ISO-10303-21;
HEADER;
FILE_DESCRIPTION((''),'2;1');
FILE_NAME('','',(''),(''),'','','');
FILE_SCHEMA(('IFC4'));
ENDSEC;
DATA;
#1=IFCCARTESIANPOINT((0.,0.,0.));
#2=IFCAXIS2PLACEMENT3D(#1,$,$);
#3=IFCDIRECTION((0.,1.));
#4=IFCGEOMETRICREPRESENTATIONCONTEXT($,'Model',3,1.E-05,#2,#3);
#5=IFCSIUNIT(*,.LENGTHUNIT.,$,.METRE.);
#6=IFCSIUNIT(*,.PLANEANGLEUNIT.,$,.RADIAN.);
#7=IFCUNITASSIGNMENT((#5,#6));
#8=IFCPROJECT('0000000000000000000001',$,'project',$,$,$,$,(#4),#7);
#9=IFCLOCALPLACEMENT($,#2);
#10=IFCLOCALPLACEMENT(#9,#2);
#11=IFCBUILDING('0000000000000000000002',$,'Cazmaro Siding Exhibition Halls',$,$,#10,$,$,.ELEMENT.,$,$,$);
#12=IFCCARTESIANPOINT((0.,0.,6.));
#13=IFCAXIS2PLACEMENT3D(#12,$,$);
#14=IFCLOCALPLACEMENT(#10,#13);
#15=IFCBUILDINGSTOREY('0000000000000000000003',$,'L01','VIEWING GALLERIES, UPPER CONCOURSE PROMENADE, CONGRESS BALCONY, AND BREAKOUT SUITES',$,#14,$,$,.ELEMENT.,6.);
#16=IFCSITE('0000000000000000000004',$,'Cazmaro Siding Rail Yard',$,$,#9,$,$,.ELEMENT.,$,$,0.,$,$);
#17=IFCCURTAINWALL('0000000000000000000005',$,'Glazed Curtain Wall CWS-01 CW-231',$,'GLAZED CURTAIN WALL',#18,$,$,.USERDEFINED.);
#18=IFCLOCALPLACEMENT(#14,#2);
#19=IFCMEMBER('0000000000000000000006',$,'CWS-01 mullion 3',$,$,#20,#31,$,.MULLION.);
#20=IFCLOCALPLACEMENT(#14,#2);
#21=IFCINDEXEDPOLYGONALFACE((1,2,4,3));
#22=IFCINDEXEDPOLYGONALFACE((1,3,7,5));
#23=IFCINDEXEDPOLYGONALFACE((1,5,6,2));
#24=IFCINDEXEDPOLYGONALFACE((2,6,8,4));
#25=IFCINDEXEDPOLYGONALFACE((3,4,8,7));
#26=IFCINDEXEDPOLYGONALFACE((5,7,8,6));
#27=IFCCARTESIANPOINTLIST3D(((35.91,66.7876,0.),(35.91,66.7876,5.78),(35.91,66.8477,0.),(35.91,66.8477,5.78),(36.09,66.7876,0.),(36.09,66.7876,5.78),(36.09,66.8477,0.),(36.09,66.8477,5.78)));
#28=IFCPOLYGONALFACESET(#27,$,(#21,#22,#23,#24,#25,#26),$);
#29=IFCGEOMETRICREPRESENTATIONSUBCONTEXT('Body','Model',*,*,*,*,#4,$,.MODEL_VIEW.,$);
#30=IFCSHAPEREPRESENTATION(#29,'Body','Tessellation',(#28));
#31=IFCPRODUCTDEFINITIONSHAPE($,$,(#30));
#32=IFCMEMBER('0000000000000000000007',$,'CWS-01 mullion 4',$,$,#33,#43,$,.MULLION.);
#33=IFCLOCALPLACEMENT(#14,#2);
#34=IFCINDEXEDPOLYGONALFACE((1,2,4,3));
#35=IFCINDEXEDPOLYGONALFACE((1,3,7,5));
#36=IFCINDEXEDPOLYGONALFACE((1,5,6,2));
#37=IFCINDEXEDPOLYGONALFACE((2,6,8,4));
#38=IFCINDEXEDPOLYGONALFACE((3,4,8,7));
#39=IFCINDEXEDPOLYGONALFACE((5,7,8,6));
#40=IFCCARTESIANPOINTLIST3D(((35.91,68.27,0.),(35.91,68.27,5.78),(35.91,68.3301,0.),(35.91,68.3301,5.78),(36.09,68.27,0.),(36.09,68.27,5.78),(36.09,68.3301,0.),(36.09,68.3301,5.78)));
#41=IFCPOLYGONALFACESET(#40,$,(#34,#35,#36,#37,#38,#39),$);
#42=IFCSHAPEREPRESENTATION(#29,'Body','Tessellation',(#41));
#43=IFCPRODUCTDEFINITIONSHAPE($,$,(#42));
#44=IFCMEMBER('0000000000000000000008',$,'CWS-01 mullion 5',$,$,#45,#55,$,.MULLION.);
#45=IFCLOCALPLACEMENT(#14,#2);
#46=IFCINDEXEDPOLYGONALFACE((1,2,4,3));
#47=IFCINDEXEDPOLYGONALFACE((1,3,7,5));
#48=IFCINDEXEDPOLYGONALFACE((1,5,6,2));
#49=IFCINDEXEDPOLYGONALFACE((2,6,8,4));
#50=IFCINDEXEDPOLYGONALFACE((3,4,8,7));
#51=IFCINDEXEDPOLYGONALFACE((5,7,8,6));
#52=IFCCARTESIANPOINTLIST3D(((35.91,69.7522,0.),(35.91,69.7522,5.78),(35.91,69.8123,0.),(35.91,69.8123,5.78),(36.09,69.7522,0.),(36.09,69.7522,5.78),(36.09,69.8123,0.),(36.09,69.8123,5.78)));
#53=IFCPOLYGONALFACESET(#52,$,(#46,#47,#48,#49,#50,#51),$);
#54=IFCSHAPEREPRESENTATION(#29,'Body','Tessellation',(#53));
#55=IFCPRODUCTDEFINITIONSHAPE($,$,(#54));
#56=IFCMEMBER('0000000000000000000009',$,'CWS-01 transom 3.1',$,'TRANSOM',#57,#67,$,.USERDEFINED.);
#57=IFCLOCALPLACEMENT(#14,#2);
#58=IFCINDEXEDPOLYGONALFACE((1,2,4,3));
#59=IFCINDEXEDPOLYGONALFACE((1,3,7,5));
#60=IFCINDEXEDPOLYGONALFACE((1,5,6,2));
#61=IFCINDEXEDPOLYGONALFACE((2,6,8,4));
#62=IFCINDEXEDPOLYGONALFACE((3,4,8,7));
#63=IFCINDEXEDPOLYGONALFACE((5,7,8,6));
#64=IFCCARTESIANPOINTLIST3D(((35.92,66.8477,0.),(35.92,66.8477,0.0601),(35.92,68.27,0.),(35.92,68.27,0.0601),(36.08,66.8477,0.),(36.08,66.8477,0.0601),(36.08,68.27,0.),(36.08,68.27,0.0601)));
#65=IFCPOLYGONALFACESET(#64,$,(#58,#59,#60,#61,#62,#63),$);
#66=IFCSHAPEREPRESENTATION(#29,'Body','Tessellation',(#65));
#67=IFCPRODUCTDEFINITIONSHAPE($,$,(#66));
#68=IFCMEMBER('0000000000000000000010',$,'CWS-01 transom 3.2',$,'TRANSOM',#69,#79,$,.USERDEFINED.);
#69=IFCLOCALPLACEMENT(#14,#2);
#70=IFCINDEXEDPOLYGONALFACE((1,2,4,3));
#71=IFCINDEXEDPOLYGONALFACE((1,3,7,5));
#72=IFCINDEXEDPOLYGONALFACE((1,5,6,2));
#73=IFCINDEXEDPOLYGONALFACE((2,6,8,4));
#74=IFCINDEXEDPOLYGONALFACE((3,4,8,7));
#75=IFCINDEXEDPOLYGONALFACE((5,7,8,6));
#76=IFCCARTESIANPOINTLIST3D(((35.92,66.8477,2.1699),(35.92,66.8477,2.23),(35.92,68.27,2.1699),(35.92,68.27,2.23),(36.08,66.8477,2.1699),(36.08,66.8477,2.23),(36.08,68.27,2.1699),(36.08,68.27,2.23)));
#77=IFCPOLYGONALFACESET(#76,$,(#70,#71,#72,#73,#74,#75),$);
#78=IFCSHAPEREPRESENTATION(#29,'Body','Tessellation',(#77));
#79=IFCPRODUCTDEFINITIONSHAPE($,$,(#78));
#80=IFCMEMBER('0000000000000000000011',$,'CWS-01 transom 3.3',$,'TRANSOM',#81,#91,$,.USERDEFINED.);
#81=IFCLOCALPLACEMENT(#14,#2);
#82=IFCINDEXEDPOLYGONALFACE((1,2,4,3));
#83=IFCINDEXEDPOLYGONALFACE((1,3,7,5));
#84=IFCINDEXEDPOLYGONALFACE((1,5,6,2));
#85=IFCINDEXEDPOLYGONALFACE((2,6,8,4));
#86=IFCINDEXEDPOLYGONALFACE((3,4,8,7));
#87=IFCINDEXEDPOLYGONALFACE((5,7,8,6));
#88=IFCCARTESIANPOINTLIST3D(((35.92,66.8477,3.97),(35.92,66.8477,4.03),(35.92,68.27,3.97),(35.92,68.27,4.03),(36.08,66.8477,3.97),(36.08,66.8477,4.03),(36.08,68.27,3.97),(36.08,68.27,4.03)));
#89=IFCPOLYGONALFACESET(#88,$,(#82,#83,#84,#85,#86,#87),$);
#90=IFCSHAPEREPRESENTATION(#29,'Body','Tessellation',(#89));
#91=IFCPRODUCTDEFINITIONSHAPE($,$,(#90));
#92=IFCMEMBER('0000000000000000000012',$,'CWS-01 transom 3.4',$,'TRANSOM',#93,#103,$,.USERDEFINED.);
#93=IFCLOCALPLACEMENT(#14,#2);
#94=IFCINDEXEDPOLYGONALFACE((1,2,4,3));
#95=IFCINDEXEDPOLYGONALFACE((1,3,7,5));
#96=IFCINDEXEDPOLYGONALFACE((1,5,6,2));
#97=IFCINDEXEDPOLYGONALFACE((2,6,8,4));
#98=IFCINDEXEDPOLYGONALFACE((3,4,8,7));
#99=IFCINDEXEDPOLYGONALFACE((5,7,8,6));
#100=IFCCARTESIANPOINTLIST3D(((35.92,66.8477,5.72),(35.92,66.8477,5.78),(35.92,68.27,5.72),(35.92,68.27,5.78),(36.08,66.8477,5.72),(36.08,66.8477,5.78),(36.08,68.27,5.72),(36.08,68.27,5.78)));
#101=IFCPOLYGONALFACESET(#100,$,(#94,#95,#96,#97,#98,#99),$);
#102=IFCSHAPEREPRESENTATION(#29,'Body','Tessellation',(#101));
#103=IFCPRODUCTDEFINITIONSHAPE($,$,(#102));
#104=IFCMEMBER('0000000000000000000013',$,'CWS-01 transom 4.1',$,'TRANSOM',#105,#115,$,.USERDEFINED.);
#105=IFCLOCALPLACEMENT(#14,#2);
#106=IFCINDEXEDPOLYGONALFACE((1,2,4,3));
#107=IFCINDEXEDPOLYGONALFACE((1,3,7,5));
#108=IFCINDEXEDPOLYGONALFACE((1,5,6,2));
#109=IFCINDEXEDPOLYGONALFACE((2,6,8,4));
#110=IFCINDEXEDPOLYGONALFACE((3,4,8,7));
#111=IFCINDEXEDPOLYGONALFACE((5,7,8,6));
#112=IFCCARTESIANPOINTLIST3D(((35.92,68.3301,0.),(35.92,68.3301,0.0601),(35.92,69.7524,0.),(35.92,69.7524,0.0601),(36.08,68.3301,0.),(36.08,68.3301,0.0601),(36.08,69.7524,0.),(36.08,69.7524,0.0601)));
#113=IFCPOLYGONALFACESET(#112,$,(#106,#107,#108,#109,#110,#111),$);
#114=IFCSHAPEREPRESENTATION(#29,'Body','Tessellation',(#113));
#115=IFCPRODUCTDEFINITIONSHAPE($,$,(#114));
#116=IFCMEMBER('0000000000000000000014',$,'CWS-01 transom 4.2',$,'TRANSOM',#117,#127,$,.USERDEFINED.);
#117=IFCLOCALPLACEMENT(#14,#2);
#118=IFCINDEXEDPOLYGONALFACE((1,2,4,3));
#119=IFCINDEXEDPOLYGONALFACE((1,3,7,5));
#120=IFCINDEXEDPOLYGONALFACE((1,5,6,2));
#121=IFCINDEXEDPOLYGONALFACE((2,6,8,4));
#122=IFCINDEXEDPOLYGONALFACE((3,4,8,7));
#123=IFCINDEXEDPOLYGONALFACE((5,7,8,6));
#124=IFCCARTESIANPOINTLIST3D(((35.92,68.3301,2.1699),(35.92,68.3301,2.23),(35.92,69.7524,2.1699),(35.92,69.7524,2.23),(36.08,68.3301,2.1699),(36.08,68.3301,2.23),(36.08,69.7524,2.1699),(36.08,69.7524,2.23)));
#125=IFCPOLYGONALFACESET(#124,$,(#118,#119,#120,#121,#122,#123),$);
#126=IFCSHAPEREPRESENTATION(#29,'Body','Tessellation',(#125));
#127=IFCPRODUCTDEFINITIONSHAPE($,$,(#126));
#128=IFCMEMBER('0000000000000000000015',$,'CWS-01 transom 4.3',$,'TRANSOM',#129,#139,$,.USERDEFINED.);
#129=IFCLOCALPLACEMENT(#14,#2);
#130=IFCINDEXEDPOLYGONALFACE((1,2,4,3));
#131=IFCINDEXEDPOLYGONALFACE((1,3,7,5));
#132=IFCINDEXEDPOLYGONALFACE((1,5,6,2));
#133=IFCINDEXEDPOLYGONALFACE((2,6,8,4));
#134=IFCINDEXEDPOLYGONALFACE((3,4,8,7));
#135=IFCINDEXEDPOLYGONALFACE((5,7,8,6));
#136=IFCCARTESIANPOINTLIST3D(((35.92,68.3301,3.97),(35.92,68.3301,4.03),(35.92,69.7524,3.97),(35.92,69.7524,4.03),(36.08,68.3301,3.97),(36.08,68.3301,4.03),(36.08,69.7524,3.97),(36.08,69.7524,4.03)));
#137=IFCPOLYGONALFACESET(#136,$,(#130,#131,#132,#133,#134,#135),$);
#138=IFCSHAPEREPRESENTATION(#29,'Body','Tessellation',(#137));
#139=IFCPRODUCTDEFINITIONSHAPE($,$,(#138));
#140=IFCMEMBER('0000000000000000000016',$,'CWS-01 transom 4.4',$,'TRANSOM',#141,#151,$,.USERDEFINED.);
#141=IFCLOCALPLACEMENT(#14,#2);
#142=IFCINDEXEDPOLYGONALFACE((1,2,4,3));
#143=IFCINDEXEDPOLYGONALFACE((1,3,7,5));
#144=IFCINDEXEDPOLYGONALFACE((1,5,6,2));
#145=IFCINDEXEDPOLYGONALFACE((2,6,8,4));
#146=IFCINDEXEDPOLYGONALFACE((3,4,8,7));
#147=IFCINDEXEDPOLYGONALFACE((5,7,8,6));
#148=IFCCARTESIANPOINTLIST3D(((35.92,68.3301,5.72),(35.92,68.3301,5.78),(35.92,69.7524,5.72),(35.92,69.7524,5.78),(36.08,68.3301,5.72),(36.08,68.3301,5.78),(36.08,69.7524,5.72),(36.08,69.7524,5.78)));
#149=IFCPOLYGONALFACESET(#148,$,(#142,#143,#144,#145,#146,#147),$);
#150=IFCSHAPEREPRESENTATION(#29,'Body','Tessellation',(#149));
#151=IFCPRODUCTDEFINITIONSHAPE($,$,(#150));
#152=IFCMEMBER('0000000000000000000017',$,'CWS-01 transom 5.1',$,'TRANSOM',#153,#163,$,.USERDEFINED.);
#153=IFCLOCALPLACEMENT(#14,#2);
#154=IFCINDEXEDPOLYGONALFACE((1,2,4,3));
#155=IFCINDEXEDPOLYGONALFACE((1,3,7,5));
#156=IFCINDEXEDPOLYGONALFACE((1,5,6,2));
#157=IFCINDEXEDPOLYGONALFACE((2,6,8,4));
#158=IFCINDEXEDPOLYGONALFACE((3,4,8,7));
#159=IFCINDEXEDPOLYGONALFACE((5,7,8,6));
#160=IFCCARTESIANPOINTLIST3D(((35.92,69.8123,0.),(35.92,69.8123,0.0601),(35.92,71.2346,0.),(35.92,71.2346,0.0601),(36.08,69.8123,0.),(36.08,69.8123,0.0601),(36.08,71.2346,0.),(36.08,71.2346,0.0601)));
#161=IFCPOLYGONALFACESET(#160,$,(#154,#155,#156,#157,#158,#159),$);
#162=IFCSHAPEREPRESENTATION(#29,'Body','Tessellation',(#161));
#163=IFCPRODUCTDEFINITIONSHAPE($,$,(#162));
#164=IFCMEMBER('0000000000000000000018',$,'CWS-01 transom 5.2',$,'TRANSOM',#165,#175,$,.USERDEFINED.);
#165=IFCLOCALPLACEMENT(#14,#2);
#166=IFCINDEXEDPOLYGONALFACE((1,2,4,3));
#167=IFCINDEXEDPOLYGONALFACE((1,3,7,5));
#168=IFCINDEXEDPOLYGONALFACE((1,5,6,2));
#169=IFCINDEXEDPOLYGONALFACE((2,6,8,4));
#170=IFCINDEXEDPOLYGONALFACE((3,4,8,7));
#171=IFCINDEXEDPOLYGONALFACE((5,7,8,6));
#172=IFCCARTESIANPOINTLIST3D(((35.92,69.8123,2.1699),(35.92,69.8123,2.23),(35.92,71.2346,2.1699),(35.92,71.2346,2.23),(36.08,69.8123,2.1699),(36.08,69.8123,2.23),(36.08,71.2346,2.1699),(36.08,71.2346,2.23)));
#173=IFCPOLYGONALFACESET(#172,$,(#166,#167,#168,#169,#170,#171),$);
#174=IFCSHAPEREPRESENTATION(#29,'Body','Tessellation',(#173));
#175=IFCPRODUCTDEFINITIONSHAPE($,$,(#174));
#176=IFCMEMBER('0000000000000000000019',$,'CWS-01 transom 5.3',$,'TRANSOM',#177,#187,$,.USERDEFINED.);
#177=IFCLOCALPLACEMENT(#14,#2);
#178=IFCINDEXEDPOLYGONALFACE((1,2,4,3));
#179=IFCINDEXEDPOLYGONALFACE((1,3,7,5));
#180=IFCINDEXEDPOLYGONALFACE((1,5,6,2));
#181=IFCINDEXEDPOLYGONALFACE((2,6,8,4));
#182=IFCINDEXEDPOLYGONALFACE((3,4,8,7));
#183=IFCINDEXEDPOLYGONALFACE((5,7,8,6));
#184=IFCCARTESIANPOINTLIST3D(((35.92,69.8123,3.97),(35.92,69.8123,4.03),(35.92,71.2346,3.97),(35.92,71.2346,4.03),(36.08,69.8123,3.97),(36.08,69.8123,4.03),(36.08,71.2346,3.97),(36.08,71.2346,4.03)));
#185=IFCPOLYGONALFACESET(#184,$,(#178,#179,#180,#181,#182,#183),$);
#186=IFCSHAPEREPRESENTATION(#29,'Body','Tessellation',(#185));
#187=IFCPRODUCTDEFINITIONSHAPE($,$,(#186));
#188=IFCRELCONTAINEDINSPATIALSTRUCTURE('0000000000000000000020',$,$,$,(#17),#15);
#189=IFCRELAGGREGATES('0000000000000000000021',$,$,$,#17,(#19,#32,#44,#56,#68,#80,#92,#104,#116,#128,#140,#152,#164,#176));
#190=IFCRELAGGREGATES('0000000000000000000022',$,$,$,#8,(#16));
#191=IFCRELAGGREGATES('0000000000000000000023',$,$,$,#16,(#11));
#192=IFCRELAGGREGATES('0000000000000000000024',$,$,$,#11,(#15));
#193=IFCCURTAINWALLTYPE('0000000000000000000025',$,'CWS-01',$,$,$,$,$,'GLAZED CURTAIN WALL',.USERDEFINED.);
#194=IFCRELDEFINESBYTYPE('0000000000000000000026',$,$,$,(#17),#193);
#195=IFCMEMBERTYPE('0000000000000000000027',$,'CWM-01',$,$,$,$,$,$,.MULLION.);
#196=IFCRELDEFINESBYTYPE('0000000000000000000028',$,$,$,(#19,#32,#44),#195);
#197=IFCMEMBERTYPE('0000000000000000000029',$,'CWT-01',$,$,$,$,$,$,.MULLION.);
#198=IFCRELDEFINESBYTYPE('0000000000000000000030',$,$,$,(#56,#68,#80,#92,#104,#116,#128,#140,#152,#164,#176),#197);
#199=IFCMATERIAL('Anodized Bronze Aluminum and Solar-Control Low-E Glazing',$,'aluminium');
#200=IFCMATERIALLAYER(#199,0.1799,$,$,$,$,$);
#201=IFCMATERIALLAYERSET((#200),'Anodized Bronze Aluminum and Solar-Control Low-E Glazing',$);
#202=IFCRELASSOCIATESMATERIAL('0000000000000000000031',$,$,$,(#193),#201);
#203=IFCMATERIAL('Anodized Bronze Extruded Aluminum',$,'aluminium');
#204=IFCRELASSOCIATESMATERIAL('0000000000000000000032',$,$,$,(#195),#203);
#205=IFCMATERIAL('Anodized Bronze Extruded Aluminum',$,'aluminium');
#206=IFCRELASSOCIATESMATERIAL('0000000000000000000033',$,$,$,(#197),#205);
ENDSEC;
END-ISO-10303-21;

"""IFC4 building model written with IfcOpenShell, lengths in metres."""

from ifc_helpers import new_model, si_unit, direction, frame, origin, origin_2d, place, context, subcontext, project, spatial, rectangle, extrude, material, layer, layer_set, material_profile, profile_set, type_object, element, aggregate, save


model = new_model("IFC4")

# Units and contexts
model_context = context("Model", 3, precision=1e-05, world=origin(), true_north=direction((0.0, 1.0)))
body_context = subcontext(model_context, "Body", "Model", "MODEL_VIEW")
ifc_project = project(units=[si_unit("LENGTHUNIT", "METRE"), si_unit("PLANEANGLEUNIT", "RADIAN")], contexts=[model_context])

# Site, building, storey
site_placement = place(None, origin())
site = spatial("IfcSite", under=ifc_project, at=site_placement, Name="Cazmaro Siding Rail Yard", CompositionType="ELEMENT", RefElevation=0.0)
building_placement = place(site_placement, origin())
building = spatial("IfcBuilding", under=site, at=building_placement, Name="Cazmaro Siding Exhibition Halls", CompositionType="ELEMENT")
storey_placement = place(building_placement, frame((0.0, 0.0, 6.0)))
storey = spatial("IfcBuildingStorey", under=building, at=storey_placement, Name="L01", Description="VIEWING GALLERIES, UPPER CONCOURSE PROMENADE, CONGRESS BALCONY, AND BREAKOUT SUITES", CompositionType="ELEMENT", Elevation=6.0)

# Curtain wall, members
ifc_material_1 = material(Name="Anodized Bronze Aluminum and Solar-Control Low-E Glazing", Category="aluminium")
ifc_layer_1 = layer(ifc_material_1, 0.1799)
ifc_layer_set_1 = layer_set([ifc_layer_1], Name="Anodized Bronze Aluminum and Solar-Control Low-E Glazing")
curtain_wall_type = type_object("IfcCurtainWallType", Name="CWS-01", ElementType="GLAZED CURTAIN WALL", PredefinedType="USERDEFINED", material=ifc_layer_set_1)
curtain_wall_placement = place(storey_placement, origin())
curtain_wall = element("IfcCurtainWall", 1, at=curtain_wall_placement, inside=storey, type_object=curtain_wall_type, Name="Glazed Curtain Wall CWS-01 CW-231", ObjectType="GLAZED CURTAIN WALL", PredefinedType="USERDEFINED")
ifc_material_2 = material(Name="Anodized Bronze Extruded Aluminum", Category="aluminium")
ifc_material_profile_1 = material_profile(ifc_material_2, rectangle(XDim=0.1799, YDim=0.0601, at=origin_2d()), Name="CWM-01")
ifc_profile_set_1 = profile_set([ifc_material_profile_1], Name="Anodized Bronze Extruded Aluminum")
member_type_1 = type_object("IfcMemberType", Name="CWM-01", PredefinedType="MULLION", material=ifc_profile_set_1)
member_1_placement = place(storey_placement, frame((36.0, 66.8176, 0.0), z_axis=(0.0, 0.0, 1.0), x_axis=(-1.0, 0.0, 0.0)))
member_1 = element("IfcMember", 2, at=member_1_placement, type_object=member_type_1, Name="CWS-01 mullion 3", PredefinedType="MULLION", context=body_context, shape_type="SweptSolid", body=[
    extrude(rectangle(XDim=0.1799, YDim=0.0601, at=origin_2d()), origin(), (0.0, 0.0, 1.0), 5.78),
])
member_2_placement = place(storey_placement, frame((36.0, 68.3, 0.0), z_axis=(0.0, 0.0, 1.0), x_axis=(-1.0, 0.0, 0.0)))
member_2 = element("IfcMember", 3, at=member_2_placement, type_object=member_type_1, Name="CWS-01 mullion 4", PredefinedType="MULLION", context=body_context, shape_type="SweptSolid", body=[
    extrude(rectangle(XDim=0.1799, YDim=0.0601, at=origin_2d()), origin(), (0.0, 0.0, 1.0), 5.78),
])
member_3_placement = place(storey_placement, frame((36.0, 69.7822, 0.0), z_axis=(0.0, 0.0, 1.0), x_axis=(-1.0, 0.0, 0.0)))
member_3 = element("IfcMember", 4, at=member_3_placement, type_object=member_type_1, Name="CWS-01 mullion 5", PredefinedType="MULLION", context=body_context, shape_type="SweptSolid", body=[
    extrude(rectangle(XDim=0.1799, YDim=0.0601, at=origin_2d()), origin(), (0.0, 0.0, 1.0), 5.78),
])
ifc_material_3 = material(Name="Anodized Bronze Extruded Aluminum", Category="aluminium")
ifc_material_profile_2 = material_profile(ifc_material_3, rectangle(XDim=0.1599, YDim=0.0601, at=origin_2d()), Name="CWT-01")
ifc_profile_set_2 = profile_set([ifc_material_profile_2], Name="Anodized Bronze Extruded Aluminum")
member_type_2 = type_object("IfcMemberType", Name="CWT-01", PredefinedType="MULLION", material=ifc_profile_set_2)
member_4_placement = place(storey_placement, frame((36.0, 66.8477, 0.03), z_axis=(0.0, 1.0, 0.0), x_axis=(-1.0, 0.0, 0.0)))
member_4 = element("IfcMember", 5, at=member_4_placement, type_object=member_type_2, Name="CWS-01 transom 3.1", ObjectType="TRANSOM", PredefinedType="USERDEFINED", context=body_context, shape_type="SweptSolid", body=[
    extrude(rectangle(XDim=0.1599, YDim=0.0601, at=origin_2d()), origin(), (0.0, 0.0, 1.0), 1.4224),
])
member_5_placement = place(storey_placement, frame((36.0, 66.8477, 2.2), z_axis=(0.0, 1.0, 0.0), x_axis=(-1.0, 0.0, 0.0)))
member_5 = element("IfcMember", 6, at=member_5_placement, type_object=member_type_2, Name="CWS-01 transom 3.2", ObjectType="TRANSOM", PredefinedType="USERDEFINED", context=body_context, shape_type="SweptSolid", body=[
    extrude(rectangle(XDim=0.1599, YDim=0.0601, at=origin_2d()), origin(), (0.0, 0.0, 1.0), 1.4224),
])
member_6_placement = place(storey_placement, frame((36.0, 66.8477, 4.0), z_axis=(0.0, 1.0, 0.0), x_axis=(-1.0, 0.0, 0.0)))
member_6 = element("IfcMember", 7, at=member_6_placement, type_object=member_type_2, Name="CWS-01 transom 3.3", ObjectType="TRANSOM", PredefinedType="USERDEFINED", context=body_context, shape_type="SweptSolid", body=[
    extrude(rectangle(XDim=0.1599, YDim=0.0601, at=origin_2d()), origin(), (0.0, 0.0, 1.0), 1.4224),
])
member_7_placement = place(storey_placement, frame((36.0, 66.8477, 5.75), z_axis=(0.0, 1.0, 0.0), x_axis=(-1.0, 0.0, 0.0)))
member_7 = element("IfcMember", 8, at=member_7_placement, type_object=member_type_2, Name="CWS-01 transom 3.4", ObjectType="TRANSOM", PredefinedType="USERDEFINED", context=body_context, shape_type="SweptSolid", body=[
    extrude(rectangle(XDim=0.1599, YDim=0.0601, at=origin_2d()), origin(), (0.0, 0.0, 1.0), 1.4224),
])
member_8_placement = place(storey_placement, frame((36.0, 68.3301, 0.03), z_axis=(0.0, 1.0, 0.0), x_axis=(-1.0, 0.0, 0.0)))
member_8 = element("IfcMember", 9, at=member_8_placement, type_object=member_type_2, Name="CWS-01 transom 4.1", ObjectType="TRANSOM", PredefinedType="USERDEFINED", context=body_context, shape_type="SweptSolid", body=[
    extrude(rectangle(XDim=0.1599, YDim=0.0601, at=origin_2d()), origin(), (0.0, 0.0, 1.0), 1.4224),
])
member_9_placement = place(storey_placement, frame((36.0, 68.3301, 2.2), z_axis=(0.0, 1.0, 0.0), x_axis=(-1.0, 0.0, 0.0)))
member_9 = element("IfcMember", 10, at=member_9_placement, type_object=member_type_2, Name="CWS-01 transom 4.2", ObjectType="TRANSOM", PredefinedType="USERDEFINED", context=body_context, shape_type="SweptSolid", body=[
    extrude(rectangle(XDim=0.1599, YDim=0.0601, at=origin_2d()), origin(), (0.0, 0.0, 1.0), 1.4224),
])
member_10_placement = place(storey_placement, frame((36.0, 68.3301, 4.0), z_axis=(0.0, 1.0, 0.0), x_axis=(-1.0, 0.0, 0.0)))
member_10 = element("IfcMember", 11, at=member_10_placement, type_object=member_type_2, Name="CWS-01 transom 4.3", ObjectType="TRANSOM", PredefinedType="USERDEFINED", context=body_context, shape_type="SweptSolid", body=[
    extrude(rectangle(XDim=0.1599, YDim=0.0601, at=origin_2d()), origin(), (0.0, 0.0, 1.0), 1.4224),
])
member_11_placement = place(storey_placement, frame((36.0, 68.3301, 5.75), z_axis=(0.0, 1.0, 0.0), x_axis=(-1.0, 0.0, 0.0)))
member_11 = element("IfcMember", 12, at=member_11_placement, type_object=member_type_2, Name="CWS-01 transom 4.4", ObjectType="TRANSOM", PredefinedType="USERDEFINED", context=body_context, shape_type="SweptSolid", body=[
    extrude(rectangle(XDim=0.1599, YDim=0.0601, at=origin_2d()), origin(), (0.0, 0.0, 1.0), 1.4224),
])
member_12_placement = place(storey_placement, frame((36.0, 69.8123, 0.03), z_axis=(0.0, 1.0, 0.0), x_axis=(-1.0, 0.0, 0.0)))
member_12 = element("IfcMember", 13, at=member_12_placement, type_object=member_type_2, Name="CWS-01 transom 5.1", ObjectType="TRANSOM", PredefinedType="USERDEFINED", context=body_context, shape_type="SweptSolid", body=[
    extrude(rectangle(XDim=0.1599, YDim=0.0601, at=origin_2d()), origin(), (0.0, 0.0, 1.0), 1.4224),
])
member_13_placement = place(storey_placement, frame((36.0, 69.8123, 2.2), z_axis=(0.0, 1.0, 0.0), x_axis=(-1.0, 0.0, 0.0)))
member_13 = element("IfcMember", 14, at=member_13_placement, type_object=member_type_2, Name="CWS-01 transom 5.2", ObjectType="TRANSOM", PredefinedType="USERDEFINED", context=body_context, shape_type="SweptSolid", body=[
    extrude(rectangle(XDim=0.1599, YDim=0.0601, at=origin_2d()), origin(), (0.0, 0.0, 1.0), 1.4224),
])
member_14_placement = place(storey_placement, frame((36.0, 69.8123, 4.0), z_axis=(0.0, 1.0, 0.0), x_axis=(-1.0, 0.0, 0.0)))
member_14 = element("IfcMember", 15, at=member_14_placement, type_object=member_type_2, Name="CWS-01 transom 5.3", ObjectType="TRANSOM", PredefinedType="USERDEFINED", context=body_context, shape_type="SweptSolid", body=[
    extrude(rectangle(XDim=0.1599, YDim=0.0601, at=origin_2d()), origin(), (0.0, 0.0, 1.0), 1.4224),
])
aggregate(curtain_wall, [member_1, member_2, member_3, member_4, member_5, member_6, member_7, member_8, member_9, member_10, member_11, member_12, member_13, member_14])

save(model, "model.ifc")
